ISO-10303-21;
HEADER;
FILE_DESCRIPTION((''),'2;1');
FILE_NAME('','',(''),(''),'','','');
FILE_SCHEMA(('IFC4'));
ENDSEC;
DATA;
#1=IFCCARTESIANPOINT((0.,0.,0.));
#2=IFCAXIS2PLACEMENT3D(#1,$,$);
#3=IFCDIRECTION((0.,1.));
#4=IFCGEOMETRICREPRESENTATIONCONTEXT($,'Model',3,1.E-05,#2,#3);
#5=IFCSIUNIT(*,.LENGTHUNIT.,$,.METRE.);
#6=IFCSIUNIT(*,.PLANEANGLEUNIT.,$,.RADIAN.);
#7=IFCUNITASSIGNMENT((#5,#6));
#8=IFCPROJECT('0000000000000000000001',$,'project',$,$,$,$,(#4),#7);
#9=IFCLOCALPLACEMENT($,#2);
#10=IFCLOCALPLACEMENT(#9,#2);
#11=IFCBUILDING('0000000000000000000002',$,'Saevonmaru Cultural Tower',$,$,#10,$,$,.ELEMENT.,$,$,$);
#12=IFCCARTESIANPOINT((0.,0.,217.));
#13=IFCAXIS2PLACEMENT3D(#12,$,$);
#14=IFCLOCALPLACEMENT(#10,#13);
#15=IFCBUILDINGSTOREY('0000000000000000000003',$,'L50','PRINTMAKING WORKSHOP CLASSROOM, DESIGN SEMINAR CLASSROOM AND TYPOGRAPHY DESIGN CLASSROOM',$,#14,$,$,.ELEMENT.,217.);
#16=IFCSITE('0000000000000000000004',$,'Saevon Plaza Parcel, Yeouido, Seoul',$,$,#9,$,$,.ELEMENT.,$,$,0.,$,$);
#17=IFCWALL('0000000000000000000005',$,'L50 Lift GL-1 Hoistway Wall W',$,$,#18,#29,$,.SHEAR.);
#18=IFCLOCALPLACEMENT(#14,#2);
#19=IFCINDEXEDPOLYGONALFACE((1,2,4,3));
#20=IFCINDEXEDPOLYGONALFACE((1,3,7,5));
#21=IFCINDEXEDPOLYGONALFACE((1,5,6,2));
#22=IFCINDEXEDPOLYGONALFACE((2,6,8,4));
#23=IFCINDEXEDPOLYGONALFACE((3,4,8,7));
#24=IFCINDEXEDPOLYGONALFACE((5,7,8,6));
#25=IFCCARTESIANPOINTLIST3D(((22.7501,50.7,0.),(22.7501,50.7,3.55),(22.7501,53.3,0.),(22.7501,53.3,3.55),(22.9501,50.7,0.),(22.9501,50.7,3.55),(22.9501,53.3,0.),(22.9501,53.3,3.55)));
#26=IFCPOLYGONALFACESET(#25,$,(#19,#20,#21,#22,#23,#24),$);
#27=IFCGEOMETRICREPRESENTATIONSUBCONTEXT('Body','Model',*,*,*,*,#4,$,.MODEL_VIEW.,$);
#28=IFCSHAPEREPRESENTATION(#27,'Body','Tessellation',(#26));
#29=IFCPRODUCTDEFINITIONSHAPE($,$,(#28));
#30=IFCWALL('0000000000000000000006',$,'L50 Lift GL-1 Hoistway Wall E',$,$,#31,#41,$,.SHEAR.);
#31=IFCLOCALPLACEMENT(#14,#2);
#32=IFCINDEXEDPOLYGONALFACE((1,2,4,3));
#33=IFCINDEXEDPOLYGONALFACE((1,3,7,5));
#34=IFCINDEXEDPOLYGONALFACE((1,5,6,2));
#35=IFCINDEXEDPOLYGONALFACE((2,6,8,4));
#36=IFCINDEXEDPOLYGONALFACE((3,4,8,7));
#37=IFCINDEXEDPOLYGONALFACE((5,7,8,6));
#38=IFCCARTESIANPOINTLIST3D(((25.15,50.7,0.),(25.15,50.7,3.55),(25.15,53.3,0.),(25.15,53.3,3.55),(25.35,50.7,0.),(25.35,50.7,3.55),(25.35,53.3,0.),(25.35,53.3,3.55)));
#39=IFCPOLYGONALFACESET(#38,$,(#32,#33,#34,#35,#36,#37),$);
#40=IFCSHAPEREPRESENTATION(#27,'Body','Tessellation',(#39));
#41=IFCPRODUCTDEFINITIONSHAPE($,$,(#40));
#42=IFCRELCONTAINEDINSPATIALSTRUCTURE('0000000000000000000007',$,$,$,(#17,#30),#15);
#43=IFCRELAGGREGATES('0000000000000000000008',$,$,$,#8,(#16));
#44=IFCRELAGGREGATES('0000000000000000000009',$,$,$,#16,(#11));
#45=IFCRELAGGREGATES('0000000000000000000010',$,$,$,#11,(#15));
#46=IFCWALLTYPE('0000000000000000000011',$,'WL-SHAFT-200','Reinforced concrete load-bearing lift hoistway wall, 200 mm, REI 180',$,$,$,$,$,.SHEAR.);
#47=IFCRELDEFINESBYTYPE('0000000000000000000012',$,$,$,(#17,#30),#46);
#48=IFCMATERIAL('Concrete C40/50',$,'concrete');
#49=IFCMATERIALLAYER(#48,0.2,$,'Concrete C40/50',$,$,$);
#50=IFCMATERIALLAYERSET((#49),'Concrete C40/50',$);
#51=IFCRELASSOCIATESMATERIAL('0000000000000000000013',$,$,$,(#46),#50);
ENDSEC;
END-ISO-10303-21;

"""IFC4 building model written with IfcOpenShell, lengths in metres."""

from ifc_helpers import new_model, si_unit, direction, frame, frame_2d, origin, place, context, subcontext, project, spatial, rectangle, extrude, material, layer, layer_set, type_object, element, save


model = new_model("IFC4")

# Units and contexts
model_context = context("Model", 3, precision=1e-05, world=origin(), true_north=direction((0.0, 1.0)))
body_context = subcontext(model_context, "Body", "Model", "MODEL_VIEW")
ifc_project = project(units=[si_unit("LENGTHUNIT", "METRE"), si_unit("PLANEANGLEUNIT", "RADIAN")], contexts=[model_context])

# Site, building, storey
site_placement = place(None, origin())
site = spatial("IfcSite", under=ifc_project, at=site_placement, Name="Saevon Plaza Parcel, Yeouido, Seoul", CompositionType="ELEMENT", RefElevation=0.0)
building_placement = place(site_placement, origin())
building = spatial("IfcBuilding", under=site, at=building_placement, Name="Saevonmaru Cultural Tower", CompositionType="ELEMENT")
storey_placement = place(building_placement, frame((0.0, 0.0, 217.0)))
storey = spatial("IfcBuildingStorey", under=building, at=storey_placement, Name="L50", Description="PRINTMAKING WORKSHOP CLASSROOM, DESIGN SEMINAR CLASSROOM AND TYPOGRAPHY DESIGN CLASSROOM", CompositionType="ELEMENT", Elevation=217.0)

# Walls
ifc_material_1 = material(Name="Concrete C40/50", Category="concrete")
ifc_layer_1 = layer(ifc_material_1, 0.2, Name="Concrete C40/50")
ifc_layer_set_1 = layer_set([ifc_layer_1], Name="Concrete C40/50")
wall_type_1 = type_object("IfcWallType", Name="WL-SHAFT-200", Description="Reinforced concrete load-bearing lift hoistway wall, 200 mm, REI 180", PredefinedType="SHEAR", material=ifc_layer_set_1)
for number, where, z_axis, x_axis, name in (
    (1, (22.8501, 50.7, 0.0), (0.0, 0.0, 1.0), (0.0, 1.0, 0.0), "L50 Lift GL-1 Hoistway Wall W"),
    (2, (25.25, 50.7, 0.0), (0.0, 0.0, 1.0), (0.0, 1.0, 0.0), "L50 Lift GL-1 Hoistway Wall E"),
):
    element("IfcWall", number, at=place(storey_placement, frame(where, z_axis=z_axis, x_axis=x_axis)), inside=storey, type_object=wall_type_1, Name=name, PredefinedType="SHEAR", context=body_context, shape_type="SweptSolid", body=[
        extrude(rectangle(XDim=2.6001, YDim=0.2, at=frame_2d((1.3, 0.0))), origin(), (0.0, 0.0, 1.0), 3.55),
    ])

save(model, "model.ifc")
